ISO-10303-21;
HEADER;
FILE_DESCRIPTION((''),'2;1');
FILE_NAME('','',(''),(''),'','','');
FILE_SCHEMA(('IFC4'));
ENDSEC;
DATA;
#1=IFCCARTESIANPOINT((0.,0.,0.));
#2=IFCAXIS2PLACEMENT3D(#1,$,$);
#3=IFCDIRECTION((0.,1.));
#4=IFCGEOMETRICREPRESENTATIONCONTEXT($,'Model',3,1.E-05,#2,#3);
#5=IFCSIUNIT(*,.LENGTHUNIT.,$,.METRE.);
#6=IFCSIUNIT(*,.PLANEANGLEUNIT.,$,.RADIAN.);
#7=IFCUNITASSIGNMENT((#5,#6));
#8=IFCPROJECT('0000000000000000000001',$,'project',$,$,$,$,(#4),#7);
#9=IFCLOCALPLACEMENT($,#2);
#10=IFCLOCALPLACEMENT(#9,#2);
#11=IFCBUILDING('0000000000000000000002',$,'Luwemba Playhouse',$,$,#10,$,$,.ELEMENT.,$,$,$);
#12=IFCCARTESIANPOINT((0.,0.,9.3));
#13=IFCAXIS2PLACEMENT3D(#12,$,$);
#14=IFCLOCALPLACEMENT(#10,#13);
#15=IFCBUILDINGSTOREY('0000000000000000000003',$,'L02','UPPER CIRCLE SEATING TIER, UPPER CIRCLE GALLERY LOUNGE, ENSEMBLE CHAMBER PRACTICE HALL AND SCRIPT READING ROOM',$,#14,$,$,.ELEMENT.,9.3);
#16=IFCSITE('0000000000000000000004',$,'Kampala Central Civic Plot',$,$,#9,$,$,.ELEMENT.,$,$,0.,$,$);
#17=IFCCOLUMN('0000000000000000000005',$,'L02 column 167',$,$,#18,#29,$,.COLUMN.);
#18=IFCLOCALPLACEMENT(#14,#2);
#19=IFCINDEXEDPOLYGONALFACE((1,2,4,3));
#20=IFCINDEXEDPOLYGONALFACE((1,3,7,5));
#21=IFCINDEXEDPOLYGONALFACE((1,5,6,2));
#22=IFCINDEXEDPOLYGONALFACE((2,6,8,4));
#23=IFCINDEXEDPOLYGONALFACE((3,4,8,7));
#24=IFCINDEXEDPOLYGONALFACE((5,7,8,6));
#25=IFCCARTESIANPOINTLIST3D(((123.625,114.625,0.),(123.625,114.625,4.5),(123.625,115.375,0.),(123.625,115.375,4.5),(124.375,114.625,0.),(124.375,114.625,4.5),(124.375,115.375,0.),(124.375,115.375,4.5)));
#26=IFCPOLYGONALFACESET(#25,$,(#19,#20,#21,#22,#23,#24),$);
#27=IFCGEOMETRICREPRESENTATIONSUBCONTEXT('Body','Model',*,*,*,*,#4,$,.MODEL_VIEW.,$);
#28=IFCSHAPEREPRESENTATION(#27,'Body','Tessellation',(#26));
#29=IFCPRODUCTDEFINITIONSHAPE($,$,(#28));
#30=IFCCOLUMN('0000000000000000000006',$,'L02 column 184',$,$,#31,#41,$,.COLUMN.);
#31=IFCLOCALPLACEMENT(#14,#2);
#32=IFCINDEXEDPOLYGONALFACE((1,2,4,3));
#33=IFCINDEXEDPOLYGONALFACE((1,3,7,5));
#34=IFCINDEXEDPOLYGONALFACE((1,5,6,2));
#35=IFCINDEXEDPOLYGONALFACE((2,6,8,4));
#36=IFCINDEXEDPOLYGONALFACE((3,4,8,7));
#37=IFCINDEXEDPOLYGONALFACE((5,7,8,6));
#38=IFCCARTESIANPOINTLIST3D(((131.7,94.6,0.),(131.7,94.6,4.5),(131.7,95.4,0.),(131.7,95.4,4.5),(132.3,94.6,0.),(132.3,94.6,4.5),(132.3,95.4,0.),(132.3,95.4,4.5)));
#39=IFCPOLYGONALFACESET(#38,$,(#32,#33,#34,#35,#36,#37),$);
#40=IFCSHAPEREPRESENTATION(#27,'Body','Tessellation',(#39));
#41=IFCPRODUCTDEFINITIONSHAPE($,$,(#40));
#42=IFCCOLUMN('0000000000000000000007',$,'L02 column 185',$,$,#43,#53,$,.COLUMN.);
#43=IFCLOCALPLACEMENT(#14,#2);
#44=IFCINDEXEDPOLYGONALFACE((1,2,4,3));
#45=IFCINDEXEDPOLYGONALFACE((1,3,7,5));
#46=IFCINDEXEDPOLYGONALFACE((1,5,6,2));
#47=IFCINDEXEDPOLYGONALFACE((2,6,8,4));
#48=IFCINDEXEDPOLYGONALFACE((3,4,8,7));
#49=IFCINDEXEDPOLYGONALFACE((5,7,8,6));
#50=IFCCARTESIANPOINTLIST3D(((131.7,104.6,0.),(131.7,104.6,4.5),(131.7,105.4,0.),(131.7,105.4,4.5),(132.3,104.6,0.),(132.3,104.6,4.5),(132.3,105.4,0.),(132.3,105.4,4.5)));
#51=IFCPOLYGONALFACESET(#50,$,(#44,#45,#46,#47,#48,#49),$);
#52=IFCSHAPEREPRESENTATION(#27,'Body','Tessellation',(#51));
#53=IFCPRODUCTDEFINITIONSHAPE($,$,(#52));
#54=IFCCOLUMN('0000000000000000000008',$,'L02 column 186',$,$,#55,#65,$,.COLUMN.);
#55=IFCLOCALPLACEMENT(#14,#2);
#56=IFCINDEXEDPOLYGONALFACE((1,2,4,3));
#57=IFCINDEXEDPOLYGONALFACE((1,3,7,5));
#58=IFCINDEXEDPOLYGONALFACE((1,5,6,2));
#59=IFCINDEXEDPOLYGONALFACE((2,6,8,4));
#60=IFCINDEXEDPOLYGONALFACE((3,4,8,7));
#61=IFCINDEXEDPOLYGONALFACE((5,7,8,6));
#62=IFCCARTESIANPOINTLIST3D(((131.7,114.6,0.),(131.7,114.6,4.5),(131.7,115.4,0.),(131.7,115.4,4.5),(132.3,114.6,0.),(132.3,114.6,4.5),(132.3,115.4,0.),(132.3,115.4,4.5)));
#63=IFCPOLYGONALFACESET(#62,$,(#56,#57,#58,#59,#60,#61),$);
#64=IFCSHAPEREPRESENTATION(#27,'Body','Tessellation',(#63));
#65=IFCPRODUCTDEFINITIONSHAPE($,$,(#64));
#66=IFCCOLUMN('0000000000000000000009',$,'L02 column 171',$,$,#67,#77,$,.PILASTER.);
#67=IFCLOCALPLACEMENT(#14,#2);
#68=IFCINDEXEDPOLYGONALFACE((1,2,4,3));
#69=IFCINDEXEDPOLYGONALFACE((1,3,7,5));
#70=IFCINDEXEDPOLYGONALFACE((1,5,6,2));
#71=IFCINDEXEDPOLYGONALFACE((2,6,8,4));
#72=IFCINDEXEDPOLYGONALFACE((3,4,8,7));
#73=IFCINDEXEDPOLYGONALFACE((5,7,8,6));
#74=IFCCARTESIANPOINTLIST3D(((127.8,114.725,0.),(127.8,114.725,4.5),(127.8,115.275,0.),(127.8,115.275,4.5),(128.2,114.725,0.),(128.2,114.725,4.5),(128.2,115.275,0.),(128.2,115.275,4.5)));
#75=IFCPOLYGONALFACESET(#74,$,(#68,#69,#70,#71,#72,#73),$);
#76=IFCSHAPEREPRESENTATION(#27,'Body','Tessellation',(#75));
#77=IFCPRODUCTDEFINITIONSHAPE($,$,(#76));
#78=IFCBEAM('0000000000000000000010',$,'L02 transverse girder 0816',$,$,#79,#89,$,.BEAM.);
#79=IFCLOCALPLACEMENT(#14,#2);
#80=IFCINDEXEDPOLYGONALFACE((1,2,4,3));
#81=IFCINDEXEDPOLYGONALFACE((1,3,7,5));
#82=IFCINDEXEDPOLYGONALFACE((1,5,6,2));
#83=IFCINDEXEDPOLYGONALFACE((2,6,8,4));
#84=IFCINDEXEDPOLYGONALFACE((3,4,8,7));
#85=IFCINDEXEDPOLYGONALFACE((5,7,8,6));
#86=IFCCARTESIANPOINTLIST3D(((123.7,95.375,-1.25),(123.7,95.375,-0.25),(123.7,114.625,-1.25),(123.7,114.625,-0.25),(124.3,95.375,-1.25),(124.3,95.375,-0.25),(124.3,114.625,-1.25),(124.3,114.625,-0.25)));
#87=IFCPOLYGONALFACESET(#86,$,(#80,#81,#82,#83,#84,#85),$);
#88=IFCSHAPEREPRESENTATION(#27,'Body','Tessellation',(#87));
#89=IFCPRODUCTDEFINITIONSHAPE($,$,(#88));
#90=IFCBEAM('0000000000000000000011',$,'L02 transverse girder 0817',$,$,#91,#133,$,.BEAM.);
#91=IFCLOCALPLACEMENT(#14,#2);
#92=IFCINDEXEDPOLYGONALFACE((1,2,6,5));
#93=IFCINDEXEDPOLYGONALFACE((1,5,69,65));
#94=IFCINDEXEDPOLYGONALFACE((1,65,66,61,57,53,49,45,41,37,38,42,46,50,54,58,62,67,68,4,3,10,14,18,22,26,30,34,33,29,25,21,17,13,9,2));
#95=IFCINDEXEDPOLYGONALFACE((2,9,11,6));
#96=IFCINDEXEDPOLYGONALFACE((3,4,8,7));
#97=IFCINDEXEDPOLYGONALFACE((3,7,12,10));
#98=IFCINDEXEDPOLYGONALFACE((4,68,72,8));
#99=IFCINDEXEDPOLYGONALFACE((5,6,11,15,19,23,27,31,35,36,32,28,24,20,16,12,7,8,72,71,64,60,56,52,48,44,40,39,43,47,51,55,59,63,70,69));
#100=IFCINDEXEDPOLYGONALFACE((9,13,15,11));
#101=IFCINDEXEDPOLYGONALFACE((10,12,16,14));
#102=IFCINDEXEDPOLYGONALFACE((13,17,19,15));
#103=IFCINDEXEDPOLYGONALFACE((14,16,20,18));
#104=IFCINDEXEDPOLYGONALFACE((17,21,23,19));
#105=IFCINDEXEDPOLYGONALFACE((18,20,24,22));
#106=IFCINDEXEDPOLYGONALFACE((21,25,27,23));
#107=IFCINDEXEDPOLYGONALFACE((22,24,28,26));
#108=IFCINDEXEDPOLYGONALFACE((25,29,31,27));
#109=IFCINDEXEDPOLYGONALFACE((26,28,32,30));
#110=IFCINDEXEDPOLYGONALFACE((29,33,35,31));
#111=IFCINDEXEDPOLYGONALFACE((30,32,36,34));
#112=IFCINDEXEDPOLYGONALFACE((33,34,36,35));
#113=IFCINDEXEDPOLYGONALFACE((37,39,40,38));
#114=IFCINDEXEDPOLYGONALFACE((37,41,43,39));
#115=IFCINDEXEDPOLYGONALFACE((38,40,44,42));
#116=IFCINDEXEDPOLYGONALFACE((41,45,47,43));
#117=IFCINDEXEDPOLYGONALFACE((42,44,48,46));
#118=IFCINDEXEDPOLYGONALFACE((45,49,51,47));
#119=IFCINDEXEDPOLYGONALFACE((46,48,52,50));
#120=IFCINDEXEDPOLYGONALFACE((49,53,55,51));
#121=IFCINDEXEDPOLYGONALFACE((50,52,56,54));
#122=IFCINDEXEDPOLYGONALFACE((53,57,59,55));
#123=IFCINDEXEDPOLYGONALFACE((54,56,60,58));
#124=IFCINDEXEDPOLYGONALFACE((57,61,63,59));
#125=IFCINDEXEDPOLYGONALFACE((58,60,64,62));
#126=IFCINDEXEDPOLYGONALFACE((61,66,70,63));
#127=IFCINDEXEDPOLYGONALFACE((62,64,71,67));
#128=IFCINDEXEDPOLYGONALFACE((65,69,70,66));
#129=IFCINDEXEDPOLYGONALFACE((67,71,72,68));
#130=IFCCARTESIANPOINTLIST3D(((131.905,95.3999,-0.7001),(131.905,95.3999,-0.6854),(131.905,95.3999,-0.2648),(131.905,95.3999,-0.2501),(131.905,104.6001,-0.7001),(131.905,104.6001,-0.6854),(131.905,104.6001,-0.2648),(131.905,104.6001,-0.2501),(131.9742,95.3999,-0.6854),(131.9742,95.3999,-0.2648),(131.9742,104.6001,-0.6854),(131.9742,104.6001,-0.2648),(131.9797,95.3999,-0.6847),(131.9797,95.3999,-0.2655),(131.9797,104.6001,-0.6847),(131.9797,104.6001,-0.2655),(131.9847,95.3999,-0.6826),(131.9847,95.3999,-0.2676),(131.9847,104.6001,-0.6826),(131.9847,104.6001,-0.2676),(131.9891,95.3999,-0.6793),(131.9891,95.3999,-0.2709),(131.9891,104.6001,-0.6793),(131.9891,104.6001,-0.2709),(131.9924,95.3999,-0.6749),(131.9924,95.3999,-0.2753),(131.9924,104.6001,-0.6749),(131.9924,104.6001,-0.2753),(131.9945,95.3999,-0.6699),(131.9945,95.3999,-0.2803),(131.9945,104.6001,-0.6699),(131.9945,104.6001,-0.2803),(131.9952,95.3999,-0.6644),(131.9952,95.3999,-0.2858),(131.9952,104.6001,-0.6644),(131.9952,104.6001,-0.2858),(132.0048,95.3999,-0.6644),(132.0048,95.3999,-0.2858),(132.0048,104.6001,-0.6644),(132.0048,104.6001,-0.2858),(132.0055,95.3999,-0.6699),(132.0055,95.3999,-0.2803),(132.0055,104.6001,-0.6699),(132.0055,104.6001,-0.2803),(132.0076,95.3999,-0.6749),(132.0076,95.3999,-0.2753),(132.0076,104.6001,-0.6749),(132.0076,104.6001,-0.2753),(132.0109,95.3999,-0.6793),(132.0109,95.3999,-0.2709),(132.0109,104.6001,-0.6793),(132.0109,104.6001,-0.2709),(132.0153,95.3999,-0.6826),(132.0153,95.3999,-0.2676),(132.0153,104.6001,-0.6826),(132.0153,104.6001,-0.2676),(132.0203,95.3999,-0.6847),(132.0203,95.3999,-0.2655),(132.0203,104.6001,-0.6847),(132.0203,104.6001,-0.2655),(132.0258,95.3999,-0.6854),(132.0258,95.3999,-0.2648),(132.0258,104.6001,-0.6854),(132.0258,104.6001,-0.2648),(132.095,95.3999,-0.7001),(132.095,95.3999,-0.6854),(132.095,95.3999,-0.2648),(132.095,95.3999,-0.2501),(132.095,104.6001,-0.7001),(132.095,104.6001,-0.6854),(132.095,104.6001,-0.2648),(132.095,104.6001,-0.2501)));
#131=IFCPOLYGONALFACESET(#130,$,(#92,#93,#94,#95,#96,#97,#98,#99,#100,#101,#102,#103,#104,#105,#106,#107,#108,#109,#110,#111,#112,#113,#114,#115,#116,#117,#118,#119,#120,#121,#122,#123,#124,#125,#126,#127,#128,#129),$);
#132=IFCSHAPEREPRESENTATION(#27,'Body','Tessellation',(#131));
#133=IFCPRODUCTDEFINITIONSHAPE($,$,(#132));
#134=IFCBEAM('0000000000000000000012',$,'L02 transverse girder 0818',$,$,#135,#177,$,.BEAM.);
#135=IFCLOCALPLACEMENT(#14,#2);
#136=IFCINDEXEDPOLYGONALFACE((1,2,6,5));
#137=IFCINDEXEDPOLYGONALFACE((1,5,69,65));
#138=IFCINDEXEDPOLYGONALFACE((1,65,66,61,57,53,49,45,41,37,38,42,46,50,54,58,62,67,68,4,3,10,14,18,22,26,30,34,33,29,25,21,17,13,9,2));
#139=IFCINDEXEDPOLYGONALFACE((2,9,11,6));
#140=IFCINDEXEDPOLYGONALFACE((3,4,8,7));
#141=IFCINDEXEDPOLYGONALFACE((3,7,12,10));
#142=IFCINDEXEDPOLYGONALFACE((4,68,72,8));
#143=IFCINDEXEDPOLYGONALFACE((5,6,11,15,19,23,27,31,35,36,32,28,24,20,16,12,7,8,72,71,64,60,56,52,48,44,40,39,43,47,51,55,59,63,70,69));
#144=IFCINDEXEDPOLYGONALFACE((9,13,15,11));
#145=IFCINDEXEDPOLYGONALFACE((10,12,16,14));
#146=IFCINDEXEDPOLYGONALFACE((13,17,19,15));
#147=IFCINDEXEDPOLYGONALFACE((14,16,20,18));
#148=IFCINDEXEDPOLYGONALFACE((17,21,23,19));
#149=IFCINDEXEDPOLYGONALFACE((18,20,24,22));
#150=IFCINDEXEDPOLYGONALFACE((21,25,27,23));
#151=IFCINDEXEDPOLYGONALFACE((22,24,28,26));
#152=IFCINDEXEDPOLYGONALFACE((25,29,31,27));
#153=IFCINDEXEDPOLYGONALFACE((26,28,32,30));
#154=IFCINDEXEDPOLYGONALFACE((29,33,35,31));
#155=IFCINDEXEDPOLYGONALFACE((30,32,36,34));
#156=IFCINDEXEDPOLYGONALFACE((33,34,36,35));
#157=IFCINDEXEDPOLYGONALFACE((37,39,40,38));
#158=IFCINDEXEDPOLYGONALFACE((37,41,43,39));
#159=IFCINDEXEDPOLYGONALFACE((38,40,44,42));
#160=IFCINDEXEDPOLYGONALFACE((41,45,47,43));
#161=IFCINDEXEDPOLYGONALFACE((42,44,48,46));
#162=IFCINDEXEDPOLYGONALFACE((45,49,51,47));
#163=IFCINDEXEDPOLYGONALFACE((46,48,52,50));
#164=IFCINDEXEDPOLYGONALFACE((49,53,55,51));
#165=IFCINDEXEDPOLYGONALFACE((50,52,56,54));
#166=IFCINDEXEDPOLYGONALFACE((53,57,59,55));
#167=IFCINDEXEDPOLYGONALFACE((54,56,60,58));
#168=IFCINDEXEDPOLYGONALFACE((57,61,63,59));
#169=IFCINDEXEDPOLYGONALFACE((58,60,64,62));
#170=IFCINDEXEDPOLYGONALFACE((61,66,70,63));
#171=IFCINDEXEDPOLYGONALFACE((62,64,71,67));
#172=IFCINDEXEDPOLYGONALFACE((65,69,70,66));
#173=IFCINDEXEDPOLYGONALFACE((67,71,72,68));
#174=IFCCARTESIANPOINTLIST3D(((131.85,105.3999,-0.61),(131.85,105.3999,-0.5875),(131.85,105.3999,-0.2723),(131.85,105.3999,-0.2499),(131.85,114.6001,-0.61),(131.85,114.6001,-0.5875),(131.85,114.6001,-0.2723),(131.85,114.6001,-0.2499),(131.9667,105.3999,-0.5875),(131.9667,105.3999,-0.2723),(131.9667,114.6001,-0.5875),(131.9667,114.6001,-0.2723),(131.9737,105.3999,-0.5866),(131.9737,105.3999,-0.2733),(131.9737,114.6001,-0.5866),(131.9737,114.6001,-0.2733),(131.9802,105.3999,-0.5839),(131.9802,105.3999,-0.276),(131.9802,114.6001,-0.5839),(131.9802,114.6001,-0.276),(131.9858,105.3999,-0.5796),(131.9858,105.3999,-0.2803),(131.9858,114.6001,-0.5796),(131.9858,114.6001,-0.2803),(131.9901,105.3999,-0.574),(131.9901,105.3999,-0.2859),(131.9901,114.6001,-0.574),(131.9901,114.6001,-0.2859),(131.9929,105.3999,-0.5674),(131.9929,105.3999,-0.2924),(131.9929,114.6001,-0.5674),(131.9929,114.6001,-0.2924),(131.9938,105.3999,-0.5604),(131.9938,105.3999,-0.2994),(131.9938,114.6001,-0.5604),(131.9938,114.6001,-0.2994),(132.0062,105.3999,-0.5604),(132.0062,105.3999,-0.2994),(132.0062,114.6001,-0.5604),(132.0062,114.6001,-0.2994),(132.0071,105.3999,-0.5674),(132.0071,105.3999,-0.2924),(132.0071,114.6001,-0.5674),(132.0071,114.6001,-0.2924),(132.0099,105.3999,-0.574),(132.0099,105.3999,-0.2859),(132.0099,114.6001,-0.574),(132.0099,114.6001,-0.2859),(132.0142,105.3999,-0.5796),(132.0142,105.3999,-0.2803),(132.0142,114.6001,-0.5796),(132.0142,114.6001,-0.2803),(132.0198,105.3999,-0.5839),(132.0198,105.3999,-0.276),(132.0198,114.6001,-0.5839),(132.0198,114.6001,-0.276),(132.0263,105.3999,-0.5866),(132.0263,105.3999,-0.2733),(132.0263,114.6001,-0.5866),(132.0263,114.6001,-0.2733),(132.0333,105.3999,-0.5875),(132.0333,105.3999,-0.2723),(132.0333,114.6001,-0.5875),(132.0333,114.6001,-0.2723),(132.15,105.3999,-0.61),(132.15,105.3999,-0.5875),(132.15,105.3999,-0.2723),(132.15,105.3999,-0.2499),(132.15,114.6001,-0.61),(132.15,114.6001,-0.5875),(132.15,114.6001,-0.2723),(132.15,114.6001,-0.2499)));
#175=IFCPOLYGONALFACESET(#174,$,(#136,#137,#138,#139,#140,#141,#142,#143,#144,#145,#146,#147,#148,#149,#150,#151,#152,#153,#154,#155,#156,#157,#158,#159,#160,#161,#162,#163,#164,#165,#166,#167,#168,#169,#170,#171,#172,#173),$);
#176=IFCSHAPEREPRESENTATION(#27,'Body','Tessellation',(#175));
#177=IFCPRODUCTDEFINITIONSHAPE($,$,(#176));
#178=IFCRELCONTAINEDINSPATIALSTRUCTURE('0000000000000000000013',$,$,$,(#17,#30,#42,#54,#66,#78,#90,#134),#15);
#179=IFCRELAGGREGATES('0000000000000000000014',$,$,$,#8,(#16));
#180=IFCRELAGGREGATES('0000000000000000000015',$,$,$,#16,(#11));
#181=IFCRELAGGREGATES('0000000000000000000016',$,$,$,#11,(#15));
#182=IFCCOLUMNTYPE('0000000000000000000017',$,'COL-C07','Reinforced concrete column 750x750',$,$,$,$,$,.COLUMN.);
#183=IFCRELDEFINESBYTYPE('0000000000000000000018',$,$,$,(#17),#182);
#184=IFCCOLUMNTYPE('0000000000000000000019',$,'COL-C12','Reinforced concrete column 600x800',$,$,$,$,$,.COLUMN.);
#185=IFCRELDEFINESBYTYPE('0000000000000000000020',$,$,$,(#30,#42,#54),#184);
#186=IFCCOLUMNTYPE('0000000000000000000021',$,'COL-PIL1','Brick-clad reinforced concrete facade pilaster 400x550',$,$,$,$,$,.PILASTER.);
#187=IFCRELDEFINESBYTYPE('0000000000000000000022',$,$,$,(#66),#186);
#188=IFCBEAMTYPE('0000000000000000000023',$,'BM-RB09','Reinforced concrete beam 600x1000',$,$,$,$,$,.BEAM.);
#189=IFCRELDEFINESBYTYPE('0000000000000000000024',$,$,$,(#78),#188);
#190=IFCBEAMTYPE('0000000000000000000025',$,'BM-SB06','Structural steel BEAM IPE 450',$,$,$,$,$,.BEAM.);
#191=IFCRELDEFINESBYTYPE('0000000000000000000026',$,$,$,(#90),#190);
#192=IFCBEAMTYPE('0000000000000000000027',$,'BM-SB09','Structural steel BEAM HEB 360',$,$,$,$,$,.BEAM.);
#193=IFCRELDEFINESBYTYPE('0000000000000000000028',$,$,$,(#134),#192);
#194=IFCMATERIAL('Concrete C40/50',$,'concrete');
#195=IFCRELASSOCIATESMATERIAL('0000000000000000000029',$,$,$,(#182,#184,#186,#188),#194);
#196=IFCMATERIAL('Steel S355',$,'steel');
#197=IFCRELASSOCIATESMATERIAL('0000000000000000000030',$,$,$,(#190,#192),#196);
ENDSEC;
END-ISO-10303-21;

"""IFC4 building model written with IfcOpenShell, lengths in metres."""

from ifc_helpers import new_model, si_unit, direction, frame, origin, origin_2d, place, context, subcontext, project, spatial, rectangle, i_section, extrude, material, material_profile, profile_set, type_object, element, save


model = new_model("IFC4")

# Units and contexts
model_context = context("Model", 3, precision=1e-05, world=origin(), true_north=direction((0.0, 1.0)))
body_context = subcontext(model_context, "Body", "Model", "MODEL_VIEW")
ifc_project = project(units=[si_unit("LENGTHUNIT", "METRE"), si_unit("PLANEANGLEUNIT", "RADIAN")], contexts=[model_context])

# Site, building, storey
site_placement = place(None, origin())
site = spatial("IfcSite", under=ifc_project, at=site_placement, Name="Kampala Central Civic Plot", CompositionType="ELEMENT", RefElevation=0.0)
building_placement = place(site_placement, origin())
building = spatial("IfcBuilding", under=site, at=building_placement, Name="Luwemba Playhouse", CompositionType="ELEMENT")
storey_placement = place(building_placement, frame((0.0, 0.0, 9.3)))
storey = spatial("IfcBuildingStorey", under=building, at=storey_placement, Name="L02", Description="UPPER CIRCLE SEATING TIER, UPPER CIRCLE GALLERY LOUNGE, ENSEMBLE CHAMBER PRACTICE HALL AND SCRIPT READING ROOM", CompositionType="ELEMENT", Elevation=9.3)

# Columns
ifc_material_1 = material(Name="Concrete C40/50", Category="concrete")
ifc_material_profile_1 = material_profile(ifc_material_1, rectangle(XDim=0.75, YDim=0.75, at=origin_2d()))
ifc_profile_set_1 = profile_set([ifc_material_profile_1], Name="Concrete C40/50")
column_type_1 = type_object("IfcColumnType", Name="COL-C07", Description="Reinforced concrete column 750x750", PredefinedType="COLUMN", material=ifc_profile_set_1)
column_1_placement = place(storey_placement, frame((124.0, 115.0, 0.0), z_axis=(0.0, 0.0, 1.0), x_axis=(1.0, 0.0, 0.0)))
element("IfcColumn", 1, at=column_1_placement, inside=storey, type_object=column_type_1, Name="L02 column 167", PredefinedType="COLUMN", context=body_context, shape_type="SweptSolid", body=[
    extrude(rectangle(XDim=0.75, YDim=0.75, at=origin_2d()), origin(), (0.0, 0.0, 1.0), 4.5),
])
ifc_material_profile_2 = material_profile(ifc_material_1, rectangle(XDim=0.6001, YDim=0.8, at=origin_2d()))
ifc_profile_set_2 = profile_set([ifc_material_profile_2], Name="Concrete C40/50")
column_type_2 = type_object("IfcColumnType", Name="COL-C12", Description="Reinforced concrete column 600x800", PredefinedType="COLUMN", material=ifc_profile_set_2)
for number, where, z_axis, x_axis, name in (
    (2, (132.0, 95.0, 0.0), (0.0, 0.0, 1.0), (1.0, 0.0, 0.0), "L02 column 184"),
    (3, (132.0, 105.0, 0.0), (0.0, 0.0, 1.0), (1.0, 0.0, 0.0), "L02 column 185"),
    (4, (132.0, 115.0, 0.0), (0.0, 0.0, 1.0), (1.0, 0.0, 0.0), "L02 column 186"),
):
    element("IfcColumn", number, at=place(storey_placement, frame(where, z_axis=z_axis, x_axis=x_axis)), inside=storey, type_object=column_type_2, Name=name, PredefinedType="COLUMN", context=body_context, shape_type="SweptSolid", body=[
        extrude(rectangle(XDim=0.6001, YDim=0.8, at=origin_2d()), origin(), (0.0, 0.0, 1.0), 4.5),
    ])
ifc_material_profile_3 = material_profile(ifc_material_1, rectangle(XDim=0.3999, YDim=0.55, at=origin_2d()))
ifc_profile_set_3 = profile_set([ifc_material_profile_3], Name="Concrete C40/50")
column_type_3 = type_object("IfcColumnType", Name="COL-PIL1", Description="Brick-clad reinforced concrete facade pilaster 400x550", PredefinedType="PILASTER", material=ifc_profile_set_3)
column_2_placement = place(storey_placement, frame((128.0, 115.0, 0.0), z_axis=(0.0, 0.0, 1.0), x_axis=(1.0, 0.0, 0.0)))
element("IfcColumn", 5, at=column_2_placement, inside=storey, type_object=column_type_3, Name="L02 column 171", PredefinedType="PILASTER", context=body_context, shape_type="SweptSolid", body=[
    extrude(rectangle(XDim=0.3999, YDim=0.55, at=origin_2d()), origin(), (0.0, 0.0, 1.0), 4.5),
])

# Beams
ifc_material_profile_4 = material_profile(ifc_material_1, rectangle(XDim=0.6001, YDim=1.0, at=origin_2d()))
ifc_profile_set_4 = profile_set([ifc_material_profile_4], Name="Concrete C40/50")
beam_type_1 = type_object("IfcBeamType", Name="BM-RB09", Description="Reinforced concrete beam 600x1000", PredefinedType="BEAM", material=ifc_profile_set_4)
beam_1_placement = place(storey_placement, frame((124.0, 95.375, -0.75), z_axis=(0.0, 1.0, 0.0), x_axis=(-1.0, 0.0, 0.0)))
element("IfcBeam", 6, at=beam_1_placement, inside=storey, type_object=beam_type_1, Name="L02 transverse girder 0816", PredefinedType="BEAM", context=body_context, shape_type="SweptSolid", body=[
    extrude(rectangle(XDim=0.6001, YDim=1.0, at=origin_2d()), origin(), (0.0, 0.0, 1.0), 19.25),
])
ifc_material_2 = material(Name="Steel S355", Category="steel")
ifc_material_profile_5 = material_profile(ifc_material_2, i_section(OverallWidth=0.1899, OverallDepth=0.45, WebThickness=0.0095, FlangeThickness=0.0146, FilletRadius=0.021, at=origin_2d()))
ifc_profile_set_5 = profile_set([ifc_material_profile_5], Name="Steel S355")
beam_type_2 = type_object("IfcBeamType", Name="BM-SB06", Description="Structural steel BEAM IPE 450", PredefinedType="BEAM", material=ifc_profile_set_5)
beam_2_placement = place(storey_placement, frame((132.0, 95.3999, -0.4751), z_axis=(0.0, 1.0, 0.0), x_axis=(-1.0, 0.0, 0.0)))
element("IfcBeam", 7, at=beam_2_placement, inside=storey, type_object=beam_type_2, Name="L02 transverse girder 0817", PredefinedType="BEAM", context=body_context, shape_type="SweptSolid", body=[
    extrude(i_section(OverallWidth=0.1899, OverallDepth=0.45, WebThickness=0.0095, FlangeThickness=0.0146, FilletRadius=0.021, at=origin_2d()), origin(), (0.0, 0.0, 1.0), 9.2002),
])
ifc_material_profile_6 = material_profile(ifc_material_2, i_section(OverallWidth=0.3, OverallDepth=0.3601, WebThickness=0.0125, FlangeThickness=0.0225, FilletRadius=0.0271, at=origin_2d()))
ifc_profile_set_6 = profile_set([ifc_material_profile_6], Name="Steel S355")
beam_type_3 = type_object("IfcBeamType", Name="BM-SB09", Description="Structural steel BEAM HEB 360", PredefinedType="BEAM", material=ifc_profile_set_6)
beam_3_placement = place(storey_placement, frame((132.0, 105.3999, -0.4299), z_axis=(0.0, 1.0, 0.0), x_axis=(-1.0, 0.0, 0.0)))
element("IfcBeam", 8, at=beam_3_placement, inside=storey, type_object=beam_type_3, Name="L02 transverse girder 0818", PredefinedType="BEAM", context=body_context, shape_type="SweptSolid", body=[
    extrude(i_section(OverallWidth=0.3, OverallDepth=0.3601, WebThickness=0.0125, FlangeThickness=0.0225, FilletRadius=0.0271, at=origin_2d()), origin(), (0.0, 0.0, 1.0), 9.2002),
])

save(model, "model.ifc")
